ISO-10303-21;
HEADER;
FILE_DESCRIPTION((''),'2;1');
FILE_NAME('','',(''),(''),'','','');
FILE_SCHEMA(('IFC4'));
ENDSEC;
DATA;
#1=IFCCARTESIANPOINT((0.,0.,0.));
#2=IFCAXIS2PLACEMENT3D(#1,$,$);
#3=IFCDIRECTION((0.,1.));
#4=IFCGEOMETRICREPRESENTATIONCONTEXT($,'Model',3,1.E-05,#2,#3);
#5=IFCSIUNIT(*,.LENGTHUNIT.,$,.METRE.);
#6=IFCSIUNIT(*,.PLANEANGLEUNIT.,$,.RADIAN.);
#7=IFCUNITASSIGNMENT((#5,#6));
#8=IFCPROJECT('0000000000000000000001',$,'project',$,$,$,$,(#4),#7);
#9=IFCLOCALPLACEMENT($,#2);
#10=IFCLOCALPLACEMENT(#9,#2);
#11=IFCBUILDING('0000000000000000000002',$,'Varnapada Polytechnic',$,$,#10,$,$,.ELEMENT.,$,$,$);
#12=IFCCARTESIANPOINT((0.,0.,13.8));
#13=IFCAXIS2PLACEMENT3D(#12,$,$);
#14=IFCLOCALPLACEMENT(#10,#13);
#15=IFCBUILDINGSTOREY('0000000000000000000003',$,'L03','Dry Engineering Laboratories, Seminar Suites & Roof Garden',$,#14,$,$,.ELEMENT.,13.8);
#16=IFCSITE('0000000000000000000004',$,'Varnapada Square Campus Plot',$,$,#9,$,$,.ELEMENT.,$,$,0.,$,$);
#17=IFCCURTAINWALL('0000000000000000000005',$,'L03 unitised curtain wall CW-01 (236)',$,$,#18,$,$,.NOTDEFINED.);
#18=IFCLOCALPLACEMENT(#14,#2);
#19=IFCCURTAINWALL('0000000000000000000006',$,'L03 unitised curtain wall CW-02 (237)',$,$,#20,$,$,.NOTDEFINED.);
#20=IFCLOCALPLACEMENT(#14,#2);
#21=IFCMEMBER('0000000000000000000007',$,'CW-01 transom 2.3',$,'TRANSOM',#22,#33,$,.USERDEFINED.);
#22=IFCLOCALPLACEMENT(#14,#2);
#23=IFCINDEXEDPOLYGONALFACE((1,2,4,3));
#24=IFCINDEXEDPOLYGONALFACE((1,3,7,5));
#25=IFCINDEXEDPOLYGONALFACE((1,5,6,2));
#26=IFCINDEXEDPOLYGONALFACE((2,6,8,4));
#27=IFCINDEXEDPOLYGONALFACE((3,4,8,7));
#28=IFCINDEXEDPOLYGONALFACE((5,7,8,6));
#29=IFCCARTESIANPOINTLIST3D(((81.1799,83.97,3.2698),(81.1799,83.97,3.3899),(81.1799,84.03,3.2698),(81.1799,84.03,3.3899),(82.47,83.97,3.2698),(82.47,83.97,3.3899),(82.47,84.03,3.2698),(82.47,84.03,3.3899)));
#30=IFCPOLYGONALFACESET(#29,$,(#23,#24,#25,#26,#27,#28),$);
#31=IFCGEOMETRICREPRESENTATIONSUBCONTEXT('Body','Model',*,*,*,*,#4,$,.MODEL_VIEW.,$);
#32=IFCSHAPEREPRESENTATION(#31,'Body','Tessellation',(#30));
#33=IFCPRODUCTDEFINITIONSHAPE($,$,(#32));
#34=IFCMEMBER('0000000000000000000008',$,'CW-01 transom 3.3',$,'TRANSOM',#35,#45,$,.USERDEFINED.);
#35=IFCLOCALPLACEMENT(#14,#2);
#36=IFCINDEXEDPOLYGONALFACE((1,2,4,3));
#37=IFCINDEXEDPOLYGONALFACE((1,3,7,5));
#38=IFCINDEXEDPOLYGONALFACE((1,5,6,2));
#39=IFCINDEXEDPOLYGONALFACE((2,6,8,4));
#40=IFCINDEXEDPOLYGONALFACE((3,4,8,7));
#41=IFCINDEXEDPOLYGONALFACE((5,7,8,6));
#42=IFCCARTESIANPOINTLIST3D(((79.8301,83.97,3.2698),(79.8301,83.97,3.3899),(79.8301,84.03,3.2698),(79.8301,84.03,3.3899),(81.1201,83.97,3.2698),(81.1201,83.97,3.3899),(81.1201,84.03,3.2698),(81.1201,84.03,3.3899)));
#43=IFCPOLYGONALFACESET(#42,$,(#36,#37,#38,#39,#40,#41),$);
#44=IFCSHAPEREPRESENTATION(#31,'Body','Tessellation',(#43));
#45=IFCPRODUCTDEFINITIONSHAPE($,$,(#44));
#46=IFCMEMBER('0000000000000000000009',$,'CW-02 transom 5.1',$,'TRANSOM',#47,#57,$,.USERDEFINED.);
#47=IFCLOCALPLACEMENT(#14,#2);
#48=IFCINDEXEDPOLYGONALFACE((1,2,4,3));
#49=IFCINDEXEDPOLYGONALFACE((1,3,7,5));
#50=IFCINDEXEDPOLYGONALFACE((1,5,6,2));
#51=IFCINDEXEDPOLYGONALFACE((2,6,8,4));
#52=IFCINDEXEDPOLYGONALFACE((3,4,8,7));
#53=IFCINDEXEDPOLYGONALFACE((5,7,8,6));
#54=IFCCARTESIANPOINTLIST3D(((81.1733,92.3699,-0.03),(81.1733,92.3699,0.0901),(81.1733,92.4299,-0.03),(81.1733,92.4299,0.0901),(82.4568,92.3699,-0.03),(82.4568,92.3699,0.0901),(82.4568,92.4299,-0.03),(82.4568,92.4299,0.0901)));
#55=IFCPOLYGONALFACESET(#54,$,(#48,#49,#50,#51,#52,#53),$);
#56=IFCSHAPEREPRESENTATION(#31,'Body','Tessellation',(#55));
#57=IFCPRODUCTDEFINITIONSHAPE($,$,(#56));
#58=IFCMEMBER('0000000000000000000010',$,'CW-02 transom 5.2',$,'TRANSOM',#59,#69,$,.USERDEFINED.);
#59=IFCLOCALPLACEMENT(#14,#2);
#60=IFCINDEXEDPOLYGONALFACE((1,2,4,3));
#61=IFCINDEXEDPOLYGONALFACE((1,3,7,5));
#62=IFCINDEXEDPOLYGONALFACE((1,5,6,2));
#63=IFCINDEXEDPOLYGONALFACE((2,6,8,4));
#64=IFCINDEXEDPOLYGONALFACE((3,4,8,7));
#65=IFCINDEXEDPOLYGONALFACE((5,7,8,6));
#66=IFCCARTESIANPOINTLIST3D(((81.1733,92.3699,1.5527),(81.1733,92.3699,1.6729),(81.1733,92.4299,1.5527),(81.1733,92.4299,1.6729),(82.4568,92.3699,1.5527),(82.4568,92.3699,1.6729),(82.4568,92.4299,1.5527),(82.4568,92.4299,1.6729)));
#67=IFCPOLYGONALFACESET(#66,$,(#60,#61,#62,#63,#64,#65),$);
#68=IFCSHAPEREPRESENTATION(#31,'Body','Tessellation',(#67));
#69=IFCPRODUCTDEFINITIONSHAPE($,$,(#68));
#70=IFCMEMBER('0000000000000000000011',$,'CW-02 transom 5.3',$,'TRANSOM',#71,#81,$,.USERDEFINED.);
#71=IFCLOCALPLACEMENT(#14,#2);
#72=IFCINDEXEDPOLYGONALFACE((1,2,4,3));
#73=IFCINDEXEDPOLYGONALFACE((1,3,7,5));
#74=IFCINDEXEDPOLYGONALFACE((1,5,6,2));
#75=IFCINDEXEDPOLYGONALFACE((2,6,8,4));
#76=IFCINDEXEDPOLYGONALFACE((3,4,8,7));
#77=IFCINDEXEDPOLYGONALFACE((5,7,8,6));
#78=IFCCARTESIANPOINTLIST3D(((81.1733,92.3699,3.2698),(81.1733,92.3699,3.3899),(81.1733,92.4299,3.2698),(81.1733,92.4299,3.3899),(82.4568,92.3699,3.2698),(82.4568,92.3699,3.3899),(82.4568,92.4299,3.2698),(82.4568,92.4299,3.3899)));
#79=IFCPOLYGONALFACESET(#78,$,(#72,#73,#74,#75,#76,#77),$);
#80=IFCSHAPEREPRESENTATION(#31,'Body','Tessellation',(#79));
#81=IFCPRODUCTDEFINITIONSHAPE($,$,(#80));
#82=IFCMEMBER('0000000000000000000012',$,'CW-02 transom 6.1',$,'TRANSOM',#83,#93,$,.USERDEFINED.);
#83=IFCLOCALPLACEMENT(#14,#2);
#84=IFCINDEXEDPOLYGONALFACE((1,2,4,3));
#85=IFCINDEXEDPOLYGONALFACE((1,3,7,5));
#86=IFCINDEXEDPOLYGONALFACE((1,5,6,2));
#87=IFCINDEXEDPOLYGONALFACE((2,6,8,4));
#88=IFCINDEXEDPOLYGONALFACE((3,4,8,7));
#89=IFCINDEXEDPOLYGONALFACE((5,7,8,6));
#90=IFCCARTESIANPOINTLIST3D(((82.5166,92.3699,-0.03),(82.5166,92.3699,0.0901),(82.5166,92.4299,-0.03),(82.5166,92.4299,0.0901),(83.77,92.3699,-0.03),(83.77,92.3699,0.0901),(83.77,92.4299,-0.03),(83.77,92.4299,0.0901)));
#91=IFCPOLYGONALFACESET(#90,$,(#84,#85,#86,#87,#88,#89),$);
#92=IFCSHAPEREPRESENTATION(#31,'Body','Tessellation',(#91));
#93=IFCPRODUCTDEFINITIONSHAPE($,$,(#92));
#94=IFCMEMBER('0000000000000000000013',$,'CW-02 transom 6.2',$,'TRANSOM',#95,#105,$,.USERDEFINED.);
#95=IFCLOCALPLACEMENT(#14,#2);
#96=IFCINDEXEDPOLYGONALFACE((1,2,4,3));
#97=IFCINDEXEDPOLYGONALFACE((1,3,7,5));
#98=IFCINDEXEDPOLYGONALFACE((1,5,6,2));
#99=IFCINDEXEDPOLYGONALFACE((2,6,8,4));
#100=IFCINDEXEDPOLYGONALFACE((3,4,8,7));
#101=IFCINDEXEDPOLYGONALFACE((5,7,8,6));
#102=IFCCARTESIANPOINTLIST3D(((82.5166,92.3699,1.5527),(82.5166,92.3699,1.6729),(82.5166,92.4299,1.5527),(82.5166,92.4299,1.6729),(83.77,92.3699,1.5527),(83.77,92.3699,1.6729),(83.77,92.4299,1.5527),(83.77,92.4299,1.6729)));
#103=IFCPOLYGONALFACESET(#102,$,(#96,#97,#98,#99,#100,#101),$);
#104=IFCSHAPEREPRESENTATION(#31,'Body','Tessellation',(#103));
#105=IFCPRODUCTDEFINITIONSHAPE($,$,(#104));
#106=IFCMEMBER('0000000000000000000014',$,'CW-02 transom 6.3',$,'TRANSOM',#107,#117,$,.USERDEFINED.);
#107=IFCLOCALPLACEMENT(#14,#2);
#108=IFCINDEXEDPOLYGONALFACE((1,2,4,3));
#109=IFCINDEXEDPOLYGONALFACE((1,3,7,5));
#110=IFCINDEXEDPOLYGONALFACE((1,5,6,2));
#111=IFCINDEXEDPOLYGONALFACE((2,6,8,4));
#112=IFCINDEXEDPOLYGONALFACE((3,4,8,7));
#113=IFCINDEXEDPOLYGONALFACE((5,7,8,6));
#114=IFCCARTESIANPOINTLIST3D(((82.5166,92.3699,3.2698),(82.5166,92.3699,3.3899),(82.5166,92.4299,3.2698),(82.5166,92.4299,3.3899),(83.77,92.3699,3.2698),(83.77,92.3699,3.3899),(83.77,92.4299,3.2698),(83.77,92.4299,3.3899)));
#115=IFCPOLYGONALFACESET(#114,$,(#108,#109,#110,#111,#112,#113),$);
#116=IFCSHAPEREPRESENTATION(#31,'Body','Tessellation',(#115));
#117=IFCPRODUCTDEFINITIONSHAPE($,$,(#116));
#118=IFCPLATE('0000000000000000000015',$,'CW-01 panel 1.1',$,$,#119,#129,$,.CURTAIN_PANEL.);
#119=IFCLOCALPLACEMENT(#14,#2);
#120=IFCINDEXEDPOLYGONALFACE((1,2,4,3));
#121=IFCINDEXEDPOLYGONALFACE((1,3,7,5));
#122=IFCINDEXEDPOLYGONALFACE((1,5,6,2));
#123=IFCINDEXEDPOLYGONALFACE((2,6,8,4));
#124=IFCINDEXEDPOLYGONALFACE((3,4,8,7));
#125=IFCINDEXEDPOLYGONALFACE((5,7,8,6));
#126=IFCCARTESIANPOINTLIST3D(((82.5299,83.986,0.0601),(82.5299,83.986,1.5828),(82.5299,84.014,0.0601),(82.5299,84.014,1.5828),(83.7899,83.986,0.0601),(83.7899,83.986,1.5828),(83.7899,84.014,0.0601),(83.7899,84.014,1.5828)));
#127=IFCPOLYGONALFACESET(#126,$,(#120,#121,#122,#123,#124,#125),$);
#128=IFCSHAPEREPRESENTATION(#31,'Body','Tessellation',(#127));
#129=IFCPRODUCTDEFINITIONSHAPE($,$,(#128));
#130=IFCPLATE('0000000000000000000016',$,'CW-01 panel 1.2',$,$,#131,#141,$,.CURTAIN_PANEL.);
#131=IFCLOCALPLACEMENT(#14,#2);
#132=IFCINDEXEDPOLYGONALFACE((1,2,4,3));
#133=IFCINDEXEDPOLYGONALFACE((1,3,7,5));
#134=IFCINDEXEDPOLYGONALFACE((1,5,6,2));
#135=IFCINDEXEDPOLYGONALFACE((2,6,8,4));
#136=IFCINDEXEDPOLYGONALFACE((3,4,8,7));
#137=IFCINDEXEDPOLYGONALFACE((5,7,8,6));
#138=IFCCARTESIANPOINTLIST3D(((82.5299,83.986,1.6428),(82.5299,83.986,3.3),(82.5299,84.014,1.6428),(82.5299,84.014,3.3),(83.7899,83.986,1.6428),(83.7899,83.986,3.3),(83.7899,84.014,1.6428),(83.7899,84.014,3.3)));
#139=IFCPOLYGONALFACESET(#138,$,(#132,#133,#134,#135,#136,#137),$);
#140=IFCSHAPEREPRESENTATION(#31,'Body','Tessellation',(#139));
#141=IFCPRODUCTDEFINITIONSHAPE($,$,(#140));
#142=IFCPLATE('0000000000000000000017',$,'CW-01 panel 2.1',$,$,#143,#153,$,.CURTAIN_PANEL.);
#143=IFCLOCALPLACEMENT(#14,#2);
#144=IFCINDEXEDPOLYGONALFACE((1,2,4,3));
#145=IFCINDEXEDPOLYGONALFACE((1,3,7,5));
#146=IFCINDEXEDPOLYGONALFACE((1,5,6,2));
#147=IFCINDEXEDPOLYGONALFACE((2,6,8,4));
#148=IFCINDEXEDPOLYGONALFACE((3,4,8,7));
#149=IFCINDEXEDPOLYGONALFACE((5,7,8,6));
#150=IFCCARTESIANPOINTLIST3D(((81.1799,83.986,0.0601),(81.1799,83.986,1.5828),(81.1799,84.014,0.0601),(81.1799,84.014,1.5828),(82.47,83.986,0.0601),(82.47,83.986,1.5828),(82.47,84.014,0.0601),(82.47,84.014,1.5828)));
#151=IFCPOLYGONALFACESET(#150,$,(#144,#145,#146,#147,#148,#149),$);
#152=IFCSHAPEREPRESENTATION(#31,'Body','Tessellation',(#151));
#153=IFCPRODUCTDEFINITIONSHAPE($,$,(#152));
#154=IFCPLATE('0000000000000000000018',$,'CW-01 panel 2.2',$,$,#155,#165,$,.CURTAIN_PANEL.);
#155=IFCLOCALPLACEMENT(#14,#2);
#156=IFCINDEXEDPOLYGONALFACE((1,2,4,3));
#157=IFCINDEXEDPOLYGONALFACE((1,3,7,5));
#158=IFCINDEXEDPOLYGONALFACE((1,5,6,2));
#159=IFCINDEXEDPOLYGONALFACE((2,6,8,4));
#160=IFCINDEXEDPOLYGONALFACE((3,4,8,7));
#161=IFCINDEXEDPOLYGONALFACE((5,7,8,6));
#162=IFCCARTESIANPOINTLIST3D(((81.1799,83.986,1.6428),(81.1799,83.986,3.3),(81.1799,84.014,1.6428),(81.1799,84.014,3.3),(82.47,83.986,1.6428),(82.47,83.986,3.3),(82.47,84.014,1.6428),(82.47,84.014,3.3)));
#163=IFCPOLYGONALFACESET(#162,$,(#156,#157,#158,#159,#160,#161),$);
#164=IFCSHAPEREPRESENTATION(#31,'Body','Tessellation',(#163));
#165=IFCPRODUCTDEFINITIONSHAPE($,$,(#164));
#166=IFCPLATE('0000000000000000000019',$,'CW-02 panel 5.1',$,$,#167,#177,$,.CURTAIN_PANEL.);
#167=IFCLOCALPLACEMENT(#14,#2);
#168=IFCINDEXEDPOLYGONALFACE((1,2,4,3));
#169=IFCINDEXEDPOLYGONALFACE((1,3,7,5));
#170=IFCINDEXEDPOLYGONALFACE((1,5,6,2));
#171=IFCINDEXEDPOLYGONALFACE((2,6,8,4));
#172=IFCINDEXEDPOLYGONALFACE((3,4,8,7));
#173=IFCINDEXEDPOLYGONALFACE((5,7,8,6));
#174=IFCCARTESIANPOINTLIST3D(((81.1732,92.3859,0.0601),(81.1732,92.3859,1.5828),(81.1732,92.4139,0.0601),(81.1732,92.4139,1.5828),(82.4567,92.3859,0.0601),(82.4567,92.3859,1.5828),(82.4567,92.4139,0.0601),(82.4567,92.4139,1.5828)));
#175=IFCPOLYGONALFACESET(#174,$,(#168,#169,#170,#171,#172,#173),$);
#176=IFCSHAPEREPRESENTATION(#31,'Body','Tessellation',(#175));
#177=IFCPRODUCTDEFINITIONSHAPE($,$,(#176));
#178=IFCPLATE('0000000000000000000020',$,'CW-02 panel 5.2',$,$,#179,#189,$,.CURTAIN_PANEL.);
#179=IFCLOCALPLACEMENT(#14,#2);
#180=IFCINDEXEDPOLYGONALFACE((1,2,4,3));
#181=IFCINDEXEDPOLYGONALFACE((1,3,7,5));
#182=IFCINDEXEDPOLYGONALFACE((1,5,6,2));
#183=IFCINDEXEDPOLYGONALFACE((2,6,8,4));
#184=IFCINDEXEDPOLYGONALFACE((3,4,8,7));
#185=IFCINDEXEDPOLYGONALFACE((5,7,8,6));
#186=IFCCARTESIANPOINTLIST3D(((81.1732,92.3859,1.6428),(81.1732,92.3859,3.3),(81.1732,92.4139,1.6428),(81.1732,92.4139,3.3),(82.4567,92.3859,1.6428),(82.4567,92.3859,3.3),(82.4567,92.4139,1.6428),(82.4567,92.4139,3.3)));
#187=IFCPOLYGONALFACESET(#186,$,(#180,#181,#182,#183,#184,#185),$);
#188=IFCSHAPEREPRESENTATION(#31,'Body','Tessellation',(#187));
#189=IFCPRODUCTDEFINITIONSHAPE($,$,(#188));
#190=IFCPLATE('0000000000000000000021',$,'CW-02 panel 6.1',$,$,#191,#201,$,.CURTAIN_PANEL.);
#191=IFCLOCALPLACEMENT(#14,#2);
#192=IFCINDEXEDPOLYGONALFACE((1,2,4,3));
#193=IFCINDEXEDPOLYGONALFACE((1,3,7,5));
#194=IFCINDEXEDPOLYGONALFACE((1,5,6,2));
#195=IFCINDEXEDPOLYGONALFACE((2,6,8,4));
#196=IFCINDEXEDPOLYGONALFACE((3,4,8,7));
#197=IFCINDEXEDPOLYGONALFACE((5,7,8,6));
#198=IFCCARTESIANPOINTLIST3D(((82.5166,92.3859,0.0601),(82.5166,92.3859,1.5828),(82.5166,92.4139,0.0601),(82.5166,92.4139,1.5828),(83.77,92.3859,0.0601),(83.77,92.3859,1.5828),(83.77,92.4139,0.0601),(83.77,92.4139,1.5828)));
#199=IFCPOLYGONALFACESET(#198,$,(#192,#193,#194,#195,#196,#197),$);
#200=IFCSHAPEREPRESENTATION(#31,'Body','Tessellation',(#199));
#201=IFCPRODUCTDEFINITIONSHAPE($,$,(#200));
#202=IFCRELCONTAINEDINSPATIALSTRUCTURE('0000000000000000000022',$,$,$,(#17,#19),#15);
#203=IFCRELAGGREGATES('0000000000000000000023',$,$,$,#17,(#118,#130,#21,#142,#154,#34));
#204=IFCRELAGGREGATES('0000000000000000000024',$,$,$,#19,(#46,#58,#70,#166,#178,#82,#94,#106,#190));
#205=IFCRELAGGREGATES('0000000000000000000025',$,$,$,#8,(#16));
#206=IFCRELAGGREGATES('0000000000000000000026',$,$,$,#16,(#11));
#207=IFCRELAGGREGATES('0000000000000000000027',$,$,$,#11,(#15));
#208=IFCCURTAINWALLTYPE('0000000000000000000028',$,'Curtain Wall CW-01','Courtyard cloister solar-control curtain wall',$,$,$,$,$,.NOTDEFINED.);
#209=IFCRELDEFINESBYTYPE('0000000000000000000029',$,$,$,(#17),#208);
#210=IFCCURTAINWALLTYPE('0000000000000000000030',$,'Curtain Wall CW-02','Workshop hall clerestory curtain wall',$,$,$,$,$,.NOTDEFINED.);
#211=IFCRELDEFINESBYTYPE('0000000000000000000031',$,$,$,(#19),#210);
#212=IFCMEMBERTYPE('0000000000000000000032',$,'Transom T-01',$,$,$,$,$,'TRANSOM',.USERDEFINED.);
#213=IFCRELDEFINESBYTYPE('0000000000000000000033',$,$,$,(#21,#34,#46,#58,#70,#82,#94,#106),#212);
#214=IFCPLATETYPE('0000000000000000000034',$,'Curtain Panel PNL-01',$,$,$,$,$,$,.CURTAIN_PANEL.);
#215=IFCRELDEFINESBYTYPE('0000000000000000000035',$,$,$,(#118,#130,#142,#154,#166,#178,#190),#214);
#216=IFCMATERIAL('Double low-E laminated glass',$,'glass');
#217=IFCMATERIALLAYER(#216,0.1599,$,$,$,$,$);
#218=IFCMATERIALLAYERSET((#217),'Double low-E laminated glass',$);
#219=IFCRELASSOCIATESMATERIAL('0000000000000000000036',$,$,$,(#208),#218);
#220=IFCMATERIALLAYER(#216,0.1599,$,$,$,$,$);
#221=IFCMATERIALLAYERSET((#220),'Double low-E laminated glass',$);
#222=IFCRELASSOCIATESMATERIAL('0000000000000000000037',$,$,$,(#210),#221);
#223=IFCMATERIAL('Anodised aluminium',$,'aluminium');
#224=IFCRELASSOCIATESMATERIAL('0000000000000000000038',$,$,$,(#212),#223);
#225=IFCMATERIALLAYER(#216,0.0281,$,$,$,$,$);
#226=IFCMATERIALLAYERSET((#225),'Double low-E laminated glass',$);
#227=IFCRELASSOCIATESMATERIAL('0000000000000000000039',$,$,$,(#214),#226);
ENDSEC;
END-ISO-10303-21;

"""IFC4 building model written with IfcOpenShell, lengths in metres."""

from ifc_helpers import new_model, si_unit, direction, frame, origin, origin_2d, place, context, subcontext, project, spatial, rectangle, extrude, material, layer, layer_set, material_profile, profile_set, type_object, element, aggregate, save


model = new_model("IFC4")

# Units and contexts
model_context = context("Model", 3, precision=1e-05, world=origin(), true_north=direction((0.0, 1.0)))
body_context = subcontext(model_context, "Body", "Model", "MODEL_VIEW")
ifc_project = project(units=[si_unit("LENGTHUNIT", "METRE"), si_unit("PLANEANGLEUNIT", "RADIAN")], contexts=[model_context])

# Site, building, storey
site_placement = place(None, origin())
site = spatial("IfcSite", under=ifc_project, at=site_placement, Name="Varnapada Square Campus Plot", CompositionType="ELEMENT", RefElevation=0.0)
building_placement = place(site_placement, origin())
building = spatial("IfcBuilding", under=site, at=building_placement, Name="Varnapada Polytechnic", CompositionType="ELEMENT")
storey_placement = place(building_placement, frame((0.0, 0.0, 13.8)))
storey = spatial("IfcBuildingStorey", under=building, at=storey_placement, Name="L03", Description="Dry Engineering Laboratories, Seminar Suites & Roof Garden", CompositionType="ELEMENT", Elevation=13.8)

# Curtain walls
ifc_material_1 = material(Name="Double low-E laminated glass", Category="glass")
ifc_layer_1 = layer(ifc_material_1, 0.1599)
ifc_layer_set_1 = layer_set([ifc_layer_1], Name="Double low-E laminated glass")
curtain_wall_type_1 = type_object("IfcCurtainWallType", Name="Curtain Wall CW-01", Description="Courtyard cloister solar-control curtain wall", PredefinedType="NOTDEFINED", material=ifc_layer_set_1)
curtain_wall_1_placement = place(storey_placement, origin())
curtain_wall_1 = element("IfcCurtainWall", 1, at=curtain_wall_1_placement, inside=storey, type_object=curtain_wall_type_1, Name="L03 unitised curtain wall CW-01 (236)", PredefinedType="NOTDEFINED")
ifc_material_2 = material(Name="Anodised aluminium", Category="aluminium")
ifc_layer_2 = layer(ifc_material_1, 0.1599)
ifc_layer_set_2 = layer_set([ifc_layer_2], Name="Double low-E laminated glass")
curtain_wall_type_2 = type_object("IfcCurtainWallType", Name="Curtain Wall CW-02", Description="Workshop hall clerestory curtain wall", PredefinedType="NOTDEFINED", material=ifc_layer_set_2)
curtain_wall_2_placement = place(storey_placement, origin())
curtain_wall_2 = element("IfcCurtainWall", 2, at=curtain_wall_2_placement, inside=storey, type_object=curtain_wall_type_2, Name="L03 unitised curtain wall CW-02 (237)", PredefinedType="NOTDEFINED")

# Members
ifc_material_profile_1 = material_profile(ifc_material_2, rectangle(XDim=0.0601, YDim=0.1201, at=origin_2d()), Name="ALU T60x120")
ifc_profile_set_1 = profile_set([ifc_material_profile_1], Name="Anodised aluminium")
member_type_1 = type_object("IfcMemberType", Name="Transom T-01", ElementType="TRANSOM", PredefinedType="USERDEFINED", material=ifc_profile_set_1)
member_1_placement = place(storey_placement, frame((82.47, 84.0, 3.3298), z_axis=(-1.0, 0.0, 0.0), x_axis=(0.0, -1.0, 0.0)))
member_1 = element("IfcMember", 3, at=member_1_placement, type_object=member_type_1, Name="CW-01 transom 2.3", ObjectType="TRANSOM", PredefinedType="USERDEFINED", context=body_context, shape_type="SweptSolid", body=[
    extrude(rectangle(XDim=0.0601, YDim=0.1201, at=origin_2d()), origin(), (0.0, 0.0, 1.0), 1.29),
])
member_2_placement = place(storey_placement, frame((81.1201, 84.0, 3.3298), z_axis=(-1.0, 0.0, 0.0), x_axis=(0.0, -1.0, 0.0)))
member_2 = element("IfcMember", 4, at=member_2_placement, type_object=member_type_1, Name="CW-01 transom 3.3", ObjectType="TRANSOM", PredefinedType="USERDEFINED", context=body_context, shape_type="SweptSolid", body=[
    extrude(rectangle(XDim=0.0601, YDim=0.1201, at=origin_2d()), origin(), (0.0, 0.0, 1.0), 1.29),
])
member_3_placement = place(storey_placement, frame((81.1733, 92.3999, 0.03), z_axis=(1.0, 0.0, 0.0), x_axis=(0.0, 1.0, 0.0)))
member_3 = element("IfcMember", 5, at=member_3_placement, type_object=member_type_1, Name="CW-02 transom 5.1", ObjectType="TRANSOM", PredefinedType="USERDEFINED", context=body_context, shape_type="SweptSolid", body=[
    extrude(rectangle(XDim=0.0601, YDim=0.1201, at=origin_2d()), origin(), (0.0, 0.0, 1.0), 1.2834),
])
member_4_placement = place(storey_placement, frame((81.1733, 92.3999, 1.6128), z_axis=(1.0, 0.0, 0.0), x_axis=(0.0, 1.0, 0.0)))
member_4 = element("IfcMember", 6, at=member_4_placement, type_object=member_type_1, Name="CW-02 transom 5.2", ObjectType="TRANSOM", PredefinedType="USERDEFINED", context=body_context, shape_type="SweptSolid", body=[
    extrude(rectangle(XDim=0.0601, YDim=0.1201, at=origin_2d()), origin(), (0.0, 0.0, 1.0), 1.2834),
])
member_5_placement = place(storey_placement, frame((81.1733, 92.3999, 3.3298), z_axis=(1.0, 0.0, 0.0), x_axis=(0.0, 1.0, 0.0)))
member_5 = element("IfcMember", 7, at=member_5_placement, type_object=member_type_1, Name="CW-02 transom 5.3", ObjectType="TRANSOM", PredefinedType="USERDEFINED", context=body_context, shape_type="SweptSolid", body=[
    extrude(rectangle(XDim=0.0601, YDim=0.1201, at=origin_2d()), origin(), (0.0, 0.0, 1.0), 1.2834),
])
member_6_placement = place(storey_placement, frame((82.5166, 92.3999, 0.03), z_axis=(1.0, 0.0, 0.0), x_axis=(0.0, 1.0, 0.0)))
member_6 = element("IfcMember", 8, at=member_6_placement, type_object=member_type_1, Name="CW-02 transom 6.1", ObjectType="TRANSOM", PredefinedType="USERDEFINED", context=body_context, shape_type="SweptSolid", body=[
    extrude(rectangle(XDim=0.0601, YDim=0.1201, at=origin_2d()), origin(), (0.0, 0.0, 1.0), 1.2534),
])
member_7_placement = place(storey_placement, frame((82.5166, 92.3999, 1.6128), z_axis=(1.0, 0.0, 0.0), x_axis=(0.0, 1.0, 0.0)))
member_7 = element("IfcMember", 9, at=member_7_placement, type_object=member_type_1, Name="CW-02 transom 6.2", ObjectType="TRANSOM", PredefinedType="USERDEFINED", context=body_context, shape_type="SweptSolid", body=[
    extrude(rectangle(XDim=0.0601, YDim=0.1201, at=origin_2d()), origin(), (0.0, 0.0, 1.0), 1.2534),
])
member_8_placement = place(storey_placement, frame((82.5166, 92.3999, 3.3298), z_axis=(1.0, 0.0, 0.0), x_axis=(0.0, 1.0, 0.0)))
member_8 = element("IfcMember", 10, at=member_8_placement, type_object=member_type_1, Name="CW-02 transom 6.3", ObjectType="TRANSOM", PredefinedType="USERDEFINED", context=body_context, shape_type="SweptSolid", body=[
    extrude(rectangle(XDim=0.0601, YDim=0.1201, at=origin_2d()), origin(), (0.0, 0.0, 1.0), 1.2534),
])

# Plates
ifc_layer_3 = layer(ifc_material_1, 0.0281)
ifc_layer_set_3 = layer_set([ifc_layer_3], Name="Double low-E laminated glass")
plate_type = type_object("IfcPlateType", Name="Curtain Panel PNL-01", PredefinedType="CURTAIN_PANEL", material=ifc_layer_set_3)
plate_1_placement = place(storey_placement, frame((83.1599, 84.0, 0.0601), z_axis=(0.0, 0.0, 1.0), x_axis=(-1.0, 0.0, 0.0)))
plate_1 = element("IfcPlate", 11, at=plate_1_placement, type_object=plate_type, Name="CW-01 panel 1.1", PredefinedType="CURTAIN_PANEL", context=body_context, shape_type="SweptSolid", body=[
    extrude(rectangle(XDim=1.26, YDim=0.0281, at=origin_2d()), origin(), (0.0, 0.0, 1.0), 1.5227),
])
plate_2_placement = place(storey_placement, frame((83.1599, 84.0, 1.6428), z_axis=(0.0, 0.0, 1.0), x_axis=(-1.0, 0.0, 0.0)))
plate_2 = element("IfcPlate", 12, at=plate_2_placement, type_object=plate_type, Name="CW-01 panel 1.2", PredefinedType="CURTAIN_PANEL", context=body_context, shape_type="SweptSolid", body=[
    extrude(rectangle(XDim=1.26, YDim=0.0281, at=origin_2d()), origin(), (0.0, 0.0, 1.0), 1.6572),
])
plate_3_placement = place(storey_placement, frame((81.825, 84.0, 0.0601), z_axis=(0.0, 0.0, 1.0), x_axis=(-1.0, 0.0, 0.0)))
plate_3 = element("IfcPlate", 13, at=plate_3_placement, type_object=plate_type, Name="CW-01 panel 2.1", PredefinedType="CURTAIN_PANEL", context=body_context, shape_type="SweptSolid", body=[
    extrude(rectangle(XDim=1.29, YDim=0.0281, at=origin_2d()), origin(), (0.0, 0.0, 1.0), 1.5227),
])
plate_4_placement = place(storey_placement, frame((81.825, 84.0, 1.6428), z_axis=(0.0, 0.0, 1.0), x_axis=(-1.0, 0.0, 0.0)))
plate_4 = element("IfcPlate", 14, at=plate_4_placement, type_object=plate_type, Name="CW-01 panel 2.2", PredefinedType="CURTAIN_PANEL", context=body_context, shape_type="SweptSolid", body=[
    extrude(rectangle(XDim=1.29, YDim=0.0281, at=origin_2d()), origin(), (0.0, 0.0, 1.0), 1.6572),
])
aggregate(curtain_wall_1, [plate_1, plate_2, member_1, plate_3, plate_4, member_2])
plate_5_placement = place(storey_placement, frame((81.8149, 92.3999, 0.0601), z_axis=(0.0, 0.0, 1.0), x_axis=(1.0, 0.0, 0.0)))
plate_5 = element("IfcPlate", 15, at=plate_5_placement, type_object=plate_type, Name="CW-02 panel 5.1", PredefinedType="CURTAIN_PANEL", context=body_context, shape_type="SweptSolid", body=[
    extrude(rectangle(XDim=1.2834, YDim=0.0281, at=origin_2d()), origin(), (0.0, 0.0, 1.0), 1.5227),
])
plate_6_placement = place(storey_placement, frame((81.8149, 92.3999, 1.6428), z_axis=(0.0, 0.0, 1.0), x_axis=(1.0, 0.0, 0.0)))
plate_6 = element("IfcPlate", 16, at=plate_6_placement, type_object=plate_type, Name="CW-02 panel 5.2", PredefinedType="CURTAIN_PANEL", context=body_context, shape_type="SweptSolid", body=[
    extrude(rectangle(XDim=1.2834, YDim=0.0281, at=origin_2d()), origin(), (0.0, 0.0, 1.0), 1.6572),
])
plate_7_placement = place(storey_placement, frame((83.1433, 92.3999, 0.0601), z_axis=(0.0, 0.0, 1.0), x_axis=(1.0, 0.0, 0.0)))
plate_7 = element("IfcPlate", 17, at=plate_7_placement, type_object=plate_type, Name="CW-02 panel 6.1", PredefinedType="CURTAIN_PANEL", context=body_context, shape_type="SweptSolid", body=[
    extrude(rectangle(XDim=1.2534, YDim=0.0281, at=origin_2d()), origin(), (0.0, 0.0, 1.0), 1.5227),
])
aggregate(curtain_wall_2, [member_3, member_4, member_5, plate_5, plate_6, member_6, member_7, member_8, plate_7])

save(model, "model.ifc")
